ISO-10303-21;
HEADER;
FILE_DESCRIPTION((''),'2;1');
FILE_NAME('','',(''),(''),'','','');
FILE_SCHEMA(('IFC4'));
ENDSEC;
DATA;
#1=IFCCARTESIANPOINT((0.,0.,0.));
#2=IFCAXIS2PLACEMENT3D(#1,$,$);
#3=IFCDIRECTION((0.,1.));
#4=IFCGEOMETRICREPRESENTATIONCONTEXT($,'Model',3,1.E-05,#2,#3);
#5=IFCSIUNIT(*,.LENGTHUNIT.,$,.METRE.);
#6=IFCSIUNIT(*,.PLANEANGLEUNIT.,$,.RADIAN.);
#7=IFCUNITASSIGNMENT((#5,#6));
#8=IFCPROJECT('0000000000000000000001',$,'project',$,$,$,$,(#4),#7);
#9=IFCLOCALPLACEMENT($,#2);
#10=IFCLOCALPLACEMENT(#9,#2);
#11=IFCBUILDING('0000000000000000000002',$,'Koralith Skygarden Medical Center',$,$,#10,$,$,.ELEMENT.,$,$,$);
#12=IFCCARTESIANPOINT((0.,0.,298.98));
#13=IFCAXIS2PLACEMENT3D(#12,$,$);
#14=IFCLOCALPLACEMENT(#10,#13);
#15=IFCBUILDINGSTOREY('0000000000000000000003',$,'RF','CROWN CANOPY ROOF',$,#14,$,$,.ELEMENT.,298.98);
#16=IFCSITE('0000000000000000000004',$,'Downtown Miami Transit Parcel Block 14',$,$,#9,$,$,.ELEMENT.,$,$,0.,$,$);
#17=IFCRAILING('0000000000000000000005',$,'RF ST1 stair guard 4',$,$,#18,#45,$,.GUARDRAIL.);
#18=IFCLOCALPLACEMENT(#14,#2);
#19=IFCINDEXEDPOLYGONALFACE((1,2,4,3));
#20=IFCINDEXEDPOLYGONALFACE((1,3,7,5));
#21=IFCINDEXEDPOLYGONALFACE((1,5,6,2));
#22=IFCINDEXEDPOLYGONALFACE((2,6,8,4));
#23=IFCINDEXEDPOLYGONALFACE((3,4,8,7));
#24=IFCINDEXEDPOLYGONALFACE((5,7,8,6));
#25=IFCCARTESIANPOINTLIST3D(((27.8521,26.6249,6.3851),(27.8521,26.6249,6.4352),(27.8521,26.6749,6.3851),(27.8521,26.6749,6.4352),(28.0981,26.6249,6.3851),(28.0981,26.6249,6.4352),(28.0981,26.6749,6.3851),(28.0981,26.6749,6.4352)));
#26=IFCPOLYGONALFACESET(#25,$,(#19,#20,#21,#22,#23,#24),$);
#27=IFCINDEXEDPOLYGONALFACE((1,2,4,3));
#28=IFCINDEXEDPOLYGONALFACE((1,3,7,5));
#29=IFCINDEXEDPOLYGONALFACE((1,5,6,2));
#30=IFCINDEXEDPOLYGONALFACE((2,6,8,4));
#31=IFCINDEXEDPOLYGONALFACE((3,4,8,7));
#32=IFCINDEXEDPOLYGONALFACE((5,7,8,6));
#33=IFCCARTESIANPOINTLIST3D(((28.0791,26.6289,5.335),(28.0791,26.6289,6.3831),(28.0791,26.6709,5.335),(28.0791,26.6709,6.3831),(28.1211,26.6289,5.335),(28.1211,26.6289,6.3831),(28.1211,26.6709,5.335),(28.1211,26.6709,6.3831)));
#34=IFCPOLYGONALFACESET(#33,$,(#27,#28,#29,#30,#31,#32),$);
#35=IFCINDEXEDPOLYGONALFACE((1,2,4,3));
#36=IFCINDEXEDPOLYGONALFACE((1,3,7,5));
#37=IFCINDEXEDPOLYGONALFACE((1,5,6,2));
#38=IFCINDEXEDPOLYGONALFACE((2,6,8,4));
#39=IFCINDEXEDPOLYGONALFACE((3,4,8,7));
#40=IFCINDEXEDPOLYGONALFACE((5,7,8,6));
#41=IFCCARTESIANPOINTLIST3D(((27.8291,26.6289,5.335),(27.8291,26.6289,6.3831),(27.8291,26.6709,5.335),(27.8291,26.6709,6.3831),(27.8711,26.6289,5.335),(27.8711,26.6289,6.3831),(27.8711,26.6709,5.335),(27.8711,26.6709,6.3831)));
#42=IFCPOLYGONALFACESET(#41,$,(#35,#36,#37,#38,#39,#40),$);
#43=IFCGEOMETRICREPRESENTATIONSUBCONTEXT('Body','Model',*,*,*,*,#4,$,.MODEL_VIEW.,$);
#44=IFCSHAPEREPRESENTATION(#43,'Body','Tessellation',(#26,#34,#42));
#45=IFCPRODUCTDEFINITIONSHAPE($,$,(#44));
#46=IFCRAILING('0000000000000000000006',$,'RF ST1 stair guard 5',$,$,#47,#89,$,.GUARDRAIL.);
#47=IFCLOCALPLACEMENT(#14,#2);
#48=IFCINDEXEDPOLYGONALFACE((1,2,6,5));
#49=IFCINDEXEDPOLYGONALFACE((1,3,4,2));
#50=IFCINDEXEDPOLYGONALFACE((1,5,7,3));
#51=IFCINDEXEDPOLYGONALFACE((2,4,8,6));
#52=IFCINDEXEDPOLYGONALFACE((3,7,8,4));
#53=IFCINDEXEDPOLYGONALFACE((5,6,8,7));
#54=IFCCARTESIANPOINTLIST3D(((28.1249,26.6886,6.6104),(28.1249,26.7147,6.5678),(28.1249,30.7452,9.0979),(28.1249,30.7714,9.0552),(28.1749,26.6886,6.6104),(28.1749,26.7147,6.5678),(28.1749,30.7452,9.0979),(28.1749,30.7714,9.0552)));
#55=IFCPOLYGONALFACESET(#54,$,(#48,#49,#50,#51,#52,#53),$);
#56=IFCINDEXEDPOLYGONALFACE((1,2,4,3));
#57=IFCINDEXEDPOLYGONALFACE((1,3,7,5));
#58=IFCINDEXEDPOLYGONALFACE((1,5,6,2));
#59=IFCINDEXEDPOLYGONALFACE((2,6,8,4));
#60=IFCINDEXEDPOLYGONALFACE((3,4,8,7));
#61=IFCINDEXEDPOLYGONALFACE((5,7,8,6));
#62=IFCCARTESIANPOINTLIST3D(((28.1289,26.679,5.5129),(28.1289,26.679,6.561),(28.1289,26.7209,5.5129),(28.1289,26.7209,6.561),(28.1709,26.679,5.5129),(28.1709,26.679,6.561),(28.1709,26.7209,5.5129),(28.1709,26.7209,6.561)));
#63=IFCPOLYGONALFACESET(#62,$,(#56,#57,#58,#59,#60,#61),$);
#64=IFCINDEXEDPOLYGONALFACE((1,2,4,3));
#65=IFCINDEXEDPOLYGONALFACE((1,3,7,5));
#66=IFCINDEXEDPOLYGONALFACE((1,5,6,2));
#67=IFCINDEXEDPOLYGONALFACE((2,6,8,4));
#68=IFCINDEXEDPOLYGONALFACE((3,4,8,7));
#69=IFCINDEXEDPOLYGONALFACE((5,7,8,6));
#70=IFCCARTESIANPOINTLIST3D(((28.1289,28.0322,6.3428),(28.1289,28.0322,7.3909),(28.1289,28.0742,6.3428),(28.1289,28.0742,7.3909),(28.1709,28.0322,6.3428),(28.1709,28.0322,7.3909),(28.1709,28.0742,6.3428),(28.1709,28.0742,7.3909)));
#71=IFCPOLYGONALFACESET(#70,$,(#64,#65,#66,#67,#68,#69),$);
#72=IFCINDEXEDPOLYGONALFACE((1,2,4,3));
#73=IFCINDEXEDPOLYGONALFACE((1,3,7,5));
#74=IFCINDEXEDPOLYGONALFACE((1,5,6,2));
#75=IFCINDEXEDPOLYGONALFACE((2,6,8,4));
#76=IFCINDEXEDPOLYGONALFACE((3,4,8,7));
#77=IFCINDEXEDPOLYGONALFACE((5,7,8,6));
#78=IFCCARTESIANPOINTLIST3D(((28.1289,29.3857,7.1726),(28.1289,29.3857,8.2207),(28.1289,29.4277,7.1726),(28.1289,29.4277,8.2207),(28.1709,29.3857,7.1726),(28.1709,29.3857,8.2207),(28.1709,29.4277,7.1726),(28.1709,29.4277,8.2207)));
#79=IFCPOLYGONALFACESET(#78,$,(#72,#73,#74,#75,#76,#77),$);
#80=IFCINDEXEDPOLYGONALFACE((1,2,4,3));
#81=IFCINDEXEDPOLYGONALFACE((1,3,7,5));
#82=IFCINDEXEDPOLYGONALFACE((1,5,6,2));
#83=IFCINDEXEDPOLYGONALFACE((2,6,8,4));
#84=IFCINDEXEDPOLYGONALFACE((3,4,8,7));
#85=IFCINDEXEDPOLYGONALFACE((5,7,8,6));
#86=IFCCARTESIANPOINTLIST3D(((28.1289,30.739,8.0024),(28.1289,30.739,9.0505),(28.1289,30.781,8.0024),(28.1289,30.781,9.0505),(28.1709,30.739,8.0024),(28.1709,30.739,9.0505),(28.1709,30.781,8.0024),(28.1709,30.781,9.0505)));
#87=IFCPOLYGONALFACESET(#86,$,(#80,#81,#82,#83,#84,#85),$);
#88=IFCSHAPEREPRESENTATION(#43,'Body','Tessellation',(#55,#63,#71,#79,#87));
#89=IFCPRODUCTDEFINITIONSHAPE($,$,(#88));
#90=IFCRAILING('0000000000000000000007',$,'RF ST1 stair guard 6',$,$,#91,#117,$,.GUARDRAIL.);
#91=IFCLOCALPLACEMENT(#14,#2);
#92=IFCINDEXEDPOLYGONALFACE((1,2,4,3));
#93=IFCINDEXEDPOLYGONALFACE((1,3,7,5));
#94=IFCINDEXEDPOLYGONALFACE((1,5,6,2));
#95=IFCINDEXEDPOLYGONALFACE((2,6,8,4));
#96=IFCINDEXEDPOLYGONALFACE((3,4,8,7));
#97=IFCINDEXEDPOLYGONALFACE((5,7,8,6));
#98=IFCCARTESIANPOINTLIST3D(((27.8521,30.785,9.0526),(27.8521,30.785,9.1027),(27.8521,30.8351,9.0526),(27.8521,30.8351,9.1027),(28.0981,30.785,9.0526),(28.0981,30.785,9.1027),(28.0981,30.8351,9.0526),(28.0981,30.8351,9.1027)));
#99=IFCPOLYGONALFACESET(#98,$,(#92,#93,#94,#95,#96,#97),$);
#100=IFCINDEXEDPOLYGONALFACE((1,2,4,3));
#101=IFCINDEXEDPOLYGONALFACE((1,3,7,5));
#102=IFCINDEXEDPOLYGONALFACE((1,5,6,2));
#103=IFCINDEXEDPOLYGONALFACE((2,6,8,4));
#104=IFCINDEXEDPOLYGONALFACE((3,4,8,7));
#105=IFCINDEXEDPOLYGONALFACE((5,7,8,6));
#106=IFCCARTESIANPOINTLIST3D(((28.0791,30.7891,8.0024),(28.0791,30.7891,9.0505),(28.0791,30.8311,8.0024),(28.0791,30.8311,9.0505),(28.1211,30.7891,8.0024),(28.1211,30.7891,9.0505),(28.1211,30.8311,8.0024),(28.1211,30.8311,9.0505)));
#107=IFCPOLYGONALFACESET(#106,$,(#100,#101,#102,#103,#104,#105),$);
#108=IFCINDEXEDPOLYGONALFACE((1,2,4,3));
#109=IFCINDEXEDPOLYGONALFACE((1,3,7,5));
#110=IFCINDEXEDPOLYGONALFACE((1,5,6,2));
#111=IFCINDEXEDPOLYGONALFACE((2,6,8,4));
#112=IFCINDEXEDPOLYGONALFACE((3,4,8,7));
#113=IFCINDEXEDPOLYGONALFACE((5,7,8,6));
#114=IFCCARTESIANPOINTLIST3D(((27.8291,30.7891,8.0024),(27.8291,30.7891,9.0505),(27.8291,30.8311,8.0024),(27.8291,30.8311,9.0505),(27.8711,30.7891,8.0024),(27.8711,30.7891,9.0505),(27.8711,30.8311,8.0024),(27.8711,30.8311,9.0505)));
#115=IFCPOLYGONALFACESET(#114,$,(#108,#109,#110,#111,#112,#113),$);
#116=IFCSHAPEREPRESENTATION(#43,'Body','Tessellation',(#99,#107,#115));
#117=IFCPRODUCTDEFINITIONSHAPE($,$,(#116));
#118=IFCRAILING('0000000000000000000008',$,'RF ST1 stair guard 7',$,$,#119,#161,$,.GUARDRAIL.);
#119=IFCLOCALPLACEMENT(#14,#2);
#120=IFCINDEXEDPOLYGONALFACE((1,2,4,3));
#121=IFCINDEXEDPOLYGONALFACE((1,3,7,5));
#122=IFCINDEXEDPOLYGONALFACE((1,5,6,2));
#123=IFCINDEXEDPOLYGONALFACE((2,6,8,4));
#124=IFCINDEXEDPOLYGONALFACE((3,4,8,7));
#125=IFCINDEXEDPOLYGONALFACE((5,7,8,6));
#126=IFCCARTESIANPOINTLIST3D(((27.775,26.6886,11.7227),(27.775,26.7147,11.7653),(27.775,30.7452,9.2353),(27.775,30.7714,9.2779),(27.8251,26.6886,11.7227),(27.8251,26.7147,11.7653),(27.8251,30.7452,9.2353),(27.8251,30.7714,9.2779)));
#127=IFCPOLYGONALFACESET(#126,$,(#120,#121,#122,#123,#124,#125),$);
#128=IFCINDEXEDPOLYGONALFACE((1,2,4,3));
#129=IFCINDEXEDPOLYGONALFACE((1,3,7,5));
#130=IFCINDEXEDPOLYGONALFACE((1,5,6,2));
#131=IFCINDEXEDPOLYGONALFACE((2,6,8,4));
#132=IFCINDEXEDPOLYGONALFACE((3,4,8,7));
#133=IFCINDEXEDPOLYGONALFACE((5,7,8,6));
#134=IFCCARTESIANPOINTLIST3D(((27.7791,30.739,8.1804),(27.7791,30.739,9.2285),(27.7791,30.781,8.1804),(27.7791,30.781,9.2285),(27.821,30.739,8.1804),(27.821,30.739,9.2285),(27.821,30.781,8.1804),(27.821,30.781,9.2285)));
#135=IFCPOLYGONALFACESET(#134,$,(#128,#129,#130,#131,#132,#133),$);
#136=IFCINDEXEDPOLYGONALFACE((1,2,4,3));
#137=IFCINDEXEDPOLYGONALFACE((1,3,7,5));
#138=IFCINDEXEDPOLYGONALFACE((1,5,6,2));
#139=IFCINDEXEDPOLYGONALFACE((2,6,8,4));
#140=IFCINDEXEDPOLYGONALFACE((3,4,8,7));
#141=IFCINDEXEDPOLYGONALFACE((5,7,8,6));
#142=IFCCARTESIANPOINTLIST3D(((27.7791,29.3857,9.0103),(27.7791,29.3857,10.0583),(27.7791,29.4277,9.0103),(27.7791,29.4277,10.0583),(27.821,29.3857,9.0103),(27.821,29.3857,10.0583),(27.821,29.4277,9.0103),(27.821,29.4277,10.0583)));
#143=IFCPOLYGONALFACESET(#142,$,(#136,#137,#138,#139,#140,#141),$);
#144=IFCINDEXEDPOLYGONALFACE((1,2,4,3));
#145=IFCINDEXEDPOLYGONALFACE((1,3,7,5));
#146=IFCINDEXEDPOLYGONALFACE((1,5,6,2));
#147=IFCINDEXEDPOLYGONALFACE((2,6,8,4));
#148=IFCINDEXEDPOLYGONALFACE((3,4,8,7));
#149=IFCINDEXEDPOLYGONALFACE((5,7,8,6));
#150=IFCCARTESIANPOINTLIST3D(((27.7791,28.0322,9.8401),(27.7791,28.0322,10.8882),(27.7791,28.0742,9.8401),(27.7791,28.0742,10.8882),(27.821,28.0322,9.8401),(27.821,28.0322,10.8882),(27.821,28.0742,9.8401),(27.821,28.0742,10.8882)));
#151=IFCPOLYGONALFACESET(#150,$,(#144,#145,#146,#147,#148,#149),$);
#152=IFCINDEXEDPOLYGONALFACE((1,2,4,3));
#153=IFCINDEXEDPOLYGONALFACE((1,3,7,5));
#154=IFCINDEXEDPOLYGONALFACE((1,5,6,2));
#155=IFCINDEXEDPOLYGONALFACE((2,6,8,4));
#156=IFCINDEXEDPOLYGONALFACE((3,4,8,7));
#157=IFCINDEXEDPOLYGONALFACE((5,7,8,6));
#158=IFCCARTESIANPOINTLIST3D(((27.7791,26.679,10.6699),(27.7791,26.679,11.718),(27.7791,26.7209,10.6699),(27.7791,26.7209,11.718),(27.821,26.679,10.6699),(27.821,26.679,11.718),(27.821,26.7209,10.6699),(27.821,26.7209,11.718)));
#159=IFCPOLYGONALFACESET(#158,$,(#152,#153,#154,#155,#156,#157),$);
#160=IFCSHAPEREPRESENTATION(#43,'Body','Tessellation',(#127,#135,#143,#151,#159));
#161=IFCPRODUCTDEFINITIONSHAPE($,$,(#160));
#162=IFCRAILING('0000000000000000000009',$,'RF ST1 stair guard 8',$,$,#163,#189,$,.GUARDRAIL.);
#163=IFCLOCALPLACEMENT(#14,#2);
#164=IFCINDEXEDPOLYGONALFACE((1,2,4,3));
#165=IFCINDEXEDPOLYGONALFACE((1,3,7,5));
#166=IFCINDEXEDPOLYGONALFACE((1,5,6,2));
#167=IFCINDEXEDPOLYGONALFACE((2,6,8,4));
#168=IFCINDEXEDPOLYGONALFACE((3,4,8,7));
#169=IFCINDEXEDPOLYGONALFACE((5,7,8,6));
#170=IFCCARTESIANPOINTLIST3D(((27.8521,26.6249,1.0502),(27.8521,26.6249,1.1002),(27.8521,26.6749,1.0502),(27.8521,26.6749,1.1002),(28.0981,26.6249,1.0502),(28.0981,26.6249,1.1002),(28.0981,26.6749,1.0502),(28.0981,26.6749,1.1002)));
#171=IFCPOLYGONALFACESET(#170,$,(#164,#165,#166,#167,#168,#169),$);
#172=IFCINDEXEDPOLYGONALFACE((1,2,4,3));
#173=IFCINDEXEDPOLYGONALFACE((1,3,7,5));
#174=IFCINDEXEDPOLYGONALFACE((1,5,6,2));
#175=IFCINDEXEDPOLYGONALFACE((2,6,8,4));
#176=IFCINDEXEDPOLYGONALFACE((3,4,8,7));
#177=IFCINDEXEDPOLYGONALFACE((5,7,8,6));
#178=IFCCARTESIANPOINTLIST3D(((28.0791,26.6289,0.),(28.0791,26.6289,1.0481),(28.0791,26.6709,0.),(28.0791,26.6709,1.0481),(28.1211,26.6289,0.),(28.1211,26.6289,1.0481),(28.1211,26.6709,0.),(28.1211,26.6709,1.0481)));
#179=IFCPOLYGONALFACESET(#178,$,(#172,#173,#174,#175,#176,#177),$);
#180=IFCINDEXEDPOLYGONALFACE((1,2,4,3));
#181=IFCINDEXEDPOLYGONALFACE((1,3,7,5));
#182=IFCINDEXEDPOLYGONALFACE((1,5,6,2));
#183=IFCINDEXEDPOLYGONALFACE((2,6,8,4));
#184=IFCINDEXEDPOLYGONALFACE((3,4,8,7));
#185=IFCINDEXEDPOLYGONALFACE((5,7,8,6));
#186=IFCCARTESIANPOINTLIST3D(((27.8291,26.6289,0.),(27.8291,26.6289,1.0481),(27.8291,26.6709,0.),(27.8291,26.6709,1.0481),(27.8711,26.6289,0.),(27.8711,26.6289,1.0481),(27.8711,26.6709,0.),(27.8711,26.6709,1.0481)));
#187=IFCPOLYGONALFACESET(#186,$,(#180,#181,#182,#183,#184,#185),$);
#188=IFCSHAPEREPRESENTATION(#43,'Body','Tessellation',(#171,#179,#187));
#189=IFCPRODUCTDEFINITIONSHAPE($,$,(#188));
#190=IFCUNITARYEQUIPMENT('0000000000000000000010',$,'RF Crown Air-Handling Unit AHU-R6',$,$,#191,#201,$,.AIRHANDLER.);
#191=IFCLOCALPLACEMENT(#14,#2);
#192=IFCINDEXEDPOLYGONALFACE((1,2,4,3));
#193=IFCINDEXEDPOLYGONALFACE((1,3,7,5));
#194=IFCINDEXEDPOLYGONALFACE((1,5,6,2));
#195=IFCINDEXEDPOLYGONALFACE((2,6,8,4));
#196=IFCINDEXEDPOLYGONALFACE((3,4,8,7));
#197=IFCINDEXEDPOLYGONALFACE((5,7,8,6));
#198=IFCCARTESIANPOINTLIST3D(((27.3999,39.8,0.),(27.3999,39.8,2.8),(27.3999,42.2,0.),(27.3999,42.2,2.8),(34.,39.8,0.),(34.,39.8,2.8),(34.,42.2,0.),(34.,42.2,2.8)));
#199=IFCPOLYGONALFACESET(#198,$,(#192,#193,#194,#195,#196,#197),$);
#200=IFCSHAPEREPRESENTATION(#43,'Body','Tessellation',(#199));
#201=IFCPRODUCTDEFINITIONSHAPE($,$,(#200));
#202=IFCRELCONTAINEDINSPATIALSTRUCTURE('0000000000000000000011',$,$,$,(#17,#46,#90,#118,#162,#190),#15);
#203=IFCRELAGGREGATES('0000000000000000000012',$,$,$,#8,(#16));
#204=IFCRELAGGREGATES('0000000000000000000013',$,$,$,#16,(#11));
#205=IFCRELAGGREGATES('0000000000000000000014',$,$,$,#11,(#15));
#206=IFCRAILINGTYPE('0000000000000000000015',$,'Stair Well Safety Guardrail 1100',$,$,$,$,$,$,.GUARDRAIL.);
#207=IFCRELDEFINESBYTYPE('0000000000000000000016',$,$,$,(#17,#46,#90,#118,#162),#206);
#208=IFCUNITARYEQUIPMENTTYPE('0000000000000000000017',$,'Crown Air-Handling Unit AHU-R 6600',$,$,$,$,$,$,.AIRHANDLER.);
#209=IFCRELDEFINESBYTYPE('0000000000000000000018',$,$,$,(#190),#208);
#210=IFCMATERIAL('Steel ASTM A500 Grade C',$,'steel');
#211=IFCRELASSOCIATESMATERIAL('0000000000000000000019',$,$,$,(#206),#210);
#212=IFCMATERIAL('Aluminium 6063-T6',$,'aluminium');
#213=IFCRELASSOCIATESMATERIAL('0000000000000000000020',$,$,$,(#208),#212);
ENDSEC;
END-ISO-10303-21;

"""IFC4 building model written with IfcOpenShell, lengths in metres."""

from ifc_helpers import new_model, si_unit, direction, frame, origin, origin_2d, place, context, subcontext, project, spatial, rectangle, extrude, material, type_object, element, save


model = new_model("IFC4")

# Units and contexts
model_context = context("Model", 3, precision=1e-05, world=origin(), true_north=direction((0.0, 1.0)))
body_context = subcontext(model_context, "Body", "Model", "MODEL_VIEW")
ifc_project = project(units=[si_unit("LENGTHUNIT", "METRE"), si_unit("PLANEANGLEUNIT", "RADIAN")], contexts=[model_context])

# Site, building, storey
site_placement = place(None, origin())
site = spatial("IfcSite", under=ifc_project, at=site_placement, Name="Downtown Miami Transit Parcel Block 14", CompositionType="ELEMENT", RefElevation=0.0)
building_placement = place(site_placement, origin())
building = spatial("IfcBuilding", under=site, at=building_placement, Name="Koralith Skygarden Medical Center", CompositionType="ELEMENT")
storey_placement = place(building_placement, frame((0.0, 0.0, 298.98)))
storey = spatial("IfcBuildingStorey", under=building, at=storey_placement, Name="RF", Description="CROWN CANOPY ROOF", CompositionType="ELEMENT", Elevation=298.98)

# Shared definitions
ifc_material_1 = material(Name="Steel ASTM A500 Grade C", Category="steel")

# Shared definitions
ifc_material_2 = material(Name="Aluminium 6063-T6", Category="aluminium")

# Railings
railing_type_1 = type_object("IfcRailingType", Name="Stair Well Safety Guardrail 1100", PredefinedType="GUARDRAIL", material=ifc_material_1)
railing_1_placement = place(storey_placement, frame((28.1001, 26.6499, 5.335)))
element("IfcRailing", 1, at=railing_1_placement, inside=storey, type_object=railing_type_1, Name="RF ST1 stair guard 4", PredefinedType="GUARDRAIL", context=body_context, shape_type="SweptSolid", body=[
    extrude(rectangle(XDim=0.05, YDim=0.05, at=origin_2d()), frame((-0.002, 0.0, 1.0752), z_axis=(-1.0, 0.0, 0.0), x_axis=(0.0, -1.0, 0.0)), (0.0, 0.0, 1.0), 0.2461),
    extrude(rectangle(XDim=0.042, YDim=0.042, at=origin_2d()), origin(), (0.0, 0.0, 1.0), 1.0481),
    extrude(rectangle(XDim=0.042, YDim=0.042, at=origin_2d()), frame((-0.25, 0.0, 0.0)), (0.0, 0.0, 1.0), 1.0481),
])
railing_2_placement = place(storey_placement, frame((28.1499, 26.7, 5.5129)))
element("IfcRailing", 2, at=railing_2_placement, inside=storey, type_object=railing_type_1, Name="RF ST1 stair guard 5", PredefinedType="GUARDRAIL", context=body_context, shape_type="SweptSolid", body=[
    extrude(rectangle(XDim=0.05, YDim=0.05, at=origin_2d()), frame((0.0, 0.0017, 1.0762), z_axis=(0.0, 0.8525, 0.522727), x_axis=(-1.0, 0.0, 0.0)), (0.0, 0.0, 1.0), 4.7585),
    extrude(rectangle(XDim=0.042, YDim=0.042, at=origin_2d()), origin(), (0.0, 0.0, 1.0), 1.0481),
    extrude(rectangle(XDim=0.042, YDim=0.042, at=origin_2d()), frame((0.0, 1.3533, 0.8298)), (0.0, 0.0, 1.0), 1.0481),
    extrude(rectangle(XDim=0.042, YDim=0.042, at=origin_2d()), frame((0.0, 2.7068, 1.6597)), (0.0, 0.0, 1.0), 1.0481),
    extrude(rectangle(XDim=0.042, YDim=0.042, at=origin_2d()), frame((0.0, 4.0601, 2.4895)), (0.0, 0.0, 1.0), 1.0481),
])
railing_3_placement = place(storey_placement, frame((28.1001, 30.8101, 8.0024)))
element("IfcRailing", 3, at=railing_3_placement, inside=storey, type_object=railing_type_1, Name="RF ST1 stair guard 6", PredefinedType="GUARDRAIL", context=body_context, shape_type="SweptSolid", body=[
    extrude(rectangle(XDim=0.05, YDim=0.05, at=origin_2d()), frame((-0.002, 0.0, 1.0752), z_axis=(-1.0, 0.0, 0.0), x_axis=(0.0, -1.0, 0.0)), (0.0, 0.0, 1.0), 0.2461),
    extrude(rectangle(XDim=0.042, YDim=0.042, at=origin_2d()), origin(), (0.0, 0.0, 1.0), 1.0481),
    extrude(rectangle(XDim=0.042, YDim=0.042, at=origin_2d()), frame((-0.25, 0.0, 0.0)), (0.0, 0.0, 1.0), 1.0481),
])
railing_4_placement = place(storey_placement, frame((27.8, 30.76, 8.1804)))
element("IfcRailing", 4, at=railing_4_placement, inside=storey, type_object=railing_type_1, Name="RF ST1 stair guard 7", PredefinedType="GUARDRAIL", context=body_context, shape_type="SweptSolid", body=[
    extrude(rectangle(XDim=0.05, YDim=0.05, at=origin_2d()), frame((0.0, -0.0017, 1.0762), z_axis=(0.0, -0.8525, 0.522727), x_axis=(1.0, 0.0, 0.0)), (0.0, 0.0, 1.0), 4.7585),
    extrude(rectangle(XDim=0.042, YDim=0.042, at=origin_2d()), origin(), (0.0, 0.0, 1.0), 1.0481),
    extrude(rectangle(XDim=0.042, YDim=0.042, at=origin_2d()), frame((0.0, -1.3533, 0.8298)), (0.0, 0.0, 1.0), 1.0481),
    extrude(rectangle(XDim=0.042, YDim=0.042, at=origin_2d()), frame((0.0, -2.7068, 1.6597)), (0.0, 0.0, 1.0), 1.0481),
    extrude(rectangle(XDim=0.042, YDim=0.042, at=origin_2d()), frame((0.0, -4.0601, 2.4895)), (0.0, 0.0, 1.0), 1.0481),
])
railing_5_placement = place(storey_placement, frame((28.1001, 26.6499, 0.0)))
element("IfcRailing", 5, at=railing_5_placement, inside=storey, type_object=railing_type_1, Name="RF ST1 stair guard 8", PredefinedType="GUARDRAIL", context=body_context, shape_type="SweptSolid", body=[
    extrude(rectangle(XDim=0.05, YDim=0.05, at=origin_2d()), frame((-0.002, 0.0, 1.0752), z_axis=(-1.0, 0.0, 0.0), x_axis=(0.0, -1.0, 0.0)), (0.0, 0.0, 1.0), 0.2461),
    extrude(rectangle(XDim=0.042, YDim=0.042, at=origin_2d()), origin(), (0.0, 0.0, 1.0), 1.0481),
    extrude(rectangle(XDim=0.042, YDim=0.042, at=origin_2d()), frame((-0.25, 0.0, 0.0)), (0.0, 0.0, 1.0), 1.0481),
])

# Unitary equipment
unitary_equipment_type = type_object("IfcUnitaryEquipmentType", Name="Crown Air-Handling Unit AHU-R 6600", PredefinedType="AIRHANDLER", material=ifc_material_2)
unitary_equipment_placement = place(storey_placement, frame((30.7, 41.0, 0.0), z_axis=(0.0, 0.0, 1.0), x_axis=(1.0, 0.0, 0.0)))
element("IfcUnitaryEquipment", 6, at=unitary_equipment_placement, inside=storey, type_object=unitary_equipment_type, Name="RF Crown Air-Handling Unit AHU-R6", PredefinedType="AIRHANDLER", context=body_context, shape_type="SweptSolid", body=[
    extrude(rectangle(XDim=6.6001, YDim=2.3999, at=origin_2d()), origin(), (0.0, 0.0, 1.0), 2.8),
])

save(model, "model.ifc")
